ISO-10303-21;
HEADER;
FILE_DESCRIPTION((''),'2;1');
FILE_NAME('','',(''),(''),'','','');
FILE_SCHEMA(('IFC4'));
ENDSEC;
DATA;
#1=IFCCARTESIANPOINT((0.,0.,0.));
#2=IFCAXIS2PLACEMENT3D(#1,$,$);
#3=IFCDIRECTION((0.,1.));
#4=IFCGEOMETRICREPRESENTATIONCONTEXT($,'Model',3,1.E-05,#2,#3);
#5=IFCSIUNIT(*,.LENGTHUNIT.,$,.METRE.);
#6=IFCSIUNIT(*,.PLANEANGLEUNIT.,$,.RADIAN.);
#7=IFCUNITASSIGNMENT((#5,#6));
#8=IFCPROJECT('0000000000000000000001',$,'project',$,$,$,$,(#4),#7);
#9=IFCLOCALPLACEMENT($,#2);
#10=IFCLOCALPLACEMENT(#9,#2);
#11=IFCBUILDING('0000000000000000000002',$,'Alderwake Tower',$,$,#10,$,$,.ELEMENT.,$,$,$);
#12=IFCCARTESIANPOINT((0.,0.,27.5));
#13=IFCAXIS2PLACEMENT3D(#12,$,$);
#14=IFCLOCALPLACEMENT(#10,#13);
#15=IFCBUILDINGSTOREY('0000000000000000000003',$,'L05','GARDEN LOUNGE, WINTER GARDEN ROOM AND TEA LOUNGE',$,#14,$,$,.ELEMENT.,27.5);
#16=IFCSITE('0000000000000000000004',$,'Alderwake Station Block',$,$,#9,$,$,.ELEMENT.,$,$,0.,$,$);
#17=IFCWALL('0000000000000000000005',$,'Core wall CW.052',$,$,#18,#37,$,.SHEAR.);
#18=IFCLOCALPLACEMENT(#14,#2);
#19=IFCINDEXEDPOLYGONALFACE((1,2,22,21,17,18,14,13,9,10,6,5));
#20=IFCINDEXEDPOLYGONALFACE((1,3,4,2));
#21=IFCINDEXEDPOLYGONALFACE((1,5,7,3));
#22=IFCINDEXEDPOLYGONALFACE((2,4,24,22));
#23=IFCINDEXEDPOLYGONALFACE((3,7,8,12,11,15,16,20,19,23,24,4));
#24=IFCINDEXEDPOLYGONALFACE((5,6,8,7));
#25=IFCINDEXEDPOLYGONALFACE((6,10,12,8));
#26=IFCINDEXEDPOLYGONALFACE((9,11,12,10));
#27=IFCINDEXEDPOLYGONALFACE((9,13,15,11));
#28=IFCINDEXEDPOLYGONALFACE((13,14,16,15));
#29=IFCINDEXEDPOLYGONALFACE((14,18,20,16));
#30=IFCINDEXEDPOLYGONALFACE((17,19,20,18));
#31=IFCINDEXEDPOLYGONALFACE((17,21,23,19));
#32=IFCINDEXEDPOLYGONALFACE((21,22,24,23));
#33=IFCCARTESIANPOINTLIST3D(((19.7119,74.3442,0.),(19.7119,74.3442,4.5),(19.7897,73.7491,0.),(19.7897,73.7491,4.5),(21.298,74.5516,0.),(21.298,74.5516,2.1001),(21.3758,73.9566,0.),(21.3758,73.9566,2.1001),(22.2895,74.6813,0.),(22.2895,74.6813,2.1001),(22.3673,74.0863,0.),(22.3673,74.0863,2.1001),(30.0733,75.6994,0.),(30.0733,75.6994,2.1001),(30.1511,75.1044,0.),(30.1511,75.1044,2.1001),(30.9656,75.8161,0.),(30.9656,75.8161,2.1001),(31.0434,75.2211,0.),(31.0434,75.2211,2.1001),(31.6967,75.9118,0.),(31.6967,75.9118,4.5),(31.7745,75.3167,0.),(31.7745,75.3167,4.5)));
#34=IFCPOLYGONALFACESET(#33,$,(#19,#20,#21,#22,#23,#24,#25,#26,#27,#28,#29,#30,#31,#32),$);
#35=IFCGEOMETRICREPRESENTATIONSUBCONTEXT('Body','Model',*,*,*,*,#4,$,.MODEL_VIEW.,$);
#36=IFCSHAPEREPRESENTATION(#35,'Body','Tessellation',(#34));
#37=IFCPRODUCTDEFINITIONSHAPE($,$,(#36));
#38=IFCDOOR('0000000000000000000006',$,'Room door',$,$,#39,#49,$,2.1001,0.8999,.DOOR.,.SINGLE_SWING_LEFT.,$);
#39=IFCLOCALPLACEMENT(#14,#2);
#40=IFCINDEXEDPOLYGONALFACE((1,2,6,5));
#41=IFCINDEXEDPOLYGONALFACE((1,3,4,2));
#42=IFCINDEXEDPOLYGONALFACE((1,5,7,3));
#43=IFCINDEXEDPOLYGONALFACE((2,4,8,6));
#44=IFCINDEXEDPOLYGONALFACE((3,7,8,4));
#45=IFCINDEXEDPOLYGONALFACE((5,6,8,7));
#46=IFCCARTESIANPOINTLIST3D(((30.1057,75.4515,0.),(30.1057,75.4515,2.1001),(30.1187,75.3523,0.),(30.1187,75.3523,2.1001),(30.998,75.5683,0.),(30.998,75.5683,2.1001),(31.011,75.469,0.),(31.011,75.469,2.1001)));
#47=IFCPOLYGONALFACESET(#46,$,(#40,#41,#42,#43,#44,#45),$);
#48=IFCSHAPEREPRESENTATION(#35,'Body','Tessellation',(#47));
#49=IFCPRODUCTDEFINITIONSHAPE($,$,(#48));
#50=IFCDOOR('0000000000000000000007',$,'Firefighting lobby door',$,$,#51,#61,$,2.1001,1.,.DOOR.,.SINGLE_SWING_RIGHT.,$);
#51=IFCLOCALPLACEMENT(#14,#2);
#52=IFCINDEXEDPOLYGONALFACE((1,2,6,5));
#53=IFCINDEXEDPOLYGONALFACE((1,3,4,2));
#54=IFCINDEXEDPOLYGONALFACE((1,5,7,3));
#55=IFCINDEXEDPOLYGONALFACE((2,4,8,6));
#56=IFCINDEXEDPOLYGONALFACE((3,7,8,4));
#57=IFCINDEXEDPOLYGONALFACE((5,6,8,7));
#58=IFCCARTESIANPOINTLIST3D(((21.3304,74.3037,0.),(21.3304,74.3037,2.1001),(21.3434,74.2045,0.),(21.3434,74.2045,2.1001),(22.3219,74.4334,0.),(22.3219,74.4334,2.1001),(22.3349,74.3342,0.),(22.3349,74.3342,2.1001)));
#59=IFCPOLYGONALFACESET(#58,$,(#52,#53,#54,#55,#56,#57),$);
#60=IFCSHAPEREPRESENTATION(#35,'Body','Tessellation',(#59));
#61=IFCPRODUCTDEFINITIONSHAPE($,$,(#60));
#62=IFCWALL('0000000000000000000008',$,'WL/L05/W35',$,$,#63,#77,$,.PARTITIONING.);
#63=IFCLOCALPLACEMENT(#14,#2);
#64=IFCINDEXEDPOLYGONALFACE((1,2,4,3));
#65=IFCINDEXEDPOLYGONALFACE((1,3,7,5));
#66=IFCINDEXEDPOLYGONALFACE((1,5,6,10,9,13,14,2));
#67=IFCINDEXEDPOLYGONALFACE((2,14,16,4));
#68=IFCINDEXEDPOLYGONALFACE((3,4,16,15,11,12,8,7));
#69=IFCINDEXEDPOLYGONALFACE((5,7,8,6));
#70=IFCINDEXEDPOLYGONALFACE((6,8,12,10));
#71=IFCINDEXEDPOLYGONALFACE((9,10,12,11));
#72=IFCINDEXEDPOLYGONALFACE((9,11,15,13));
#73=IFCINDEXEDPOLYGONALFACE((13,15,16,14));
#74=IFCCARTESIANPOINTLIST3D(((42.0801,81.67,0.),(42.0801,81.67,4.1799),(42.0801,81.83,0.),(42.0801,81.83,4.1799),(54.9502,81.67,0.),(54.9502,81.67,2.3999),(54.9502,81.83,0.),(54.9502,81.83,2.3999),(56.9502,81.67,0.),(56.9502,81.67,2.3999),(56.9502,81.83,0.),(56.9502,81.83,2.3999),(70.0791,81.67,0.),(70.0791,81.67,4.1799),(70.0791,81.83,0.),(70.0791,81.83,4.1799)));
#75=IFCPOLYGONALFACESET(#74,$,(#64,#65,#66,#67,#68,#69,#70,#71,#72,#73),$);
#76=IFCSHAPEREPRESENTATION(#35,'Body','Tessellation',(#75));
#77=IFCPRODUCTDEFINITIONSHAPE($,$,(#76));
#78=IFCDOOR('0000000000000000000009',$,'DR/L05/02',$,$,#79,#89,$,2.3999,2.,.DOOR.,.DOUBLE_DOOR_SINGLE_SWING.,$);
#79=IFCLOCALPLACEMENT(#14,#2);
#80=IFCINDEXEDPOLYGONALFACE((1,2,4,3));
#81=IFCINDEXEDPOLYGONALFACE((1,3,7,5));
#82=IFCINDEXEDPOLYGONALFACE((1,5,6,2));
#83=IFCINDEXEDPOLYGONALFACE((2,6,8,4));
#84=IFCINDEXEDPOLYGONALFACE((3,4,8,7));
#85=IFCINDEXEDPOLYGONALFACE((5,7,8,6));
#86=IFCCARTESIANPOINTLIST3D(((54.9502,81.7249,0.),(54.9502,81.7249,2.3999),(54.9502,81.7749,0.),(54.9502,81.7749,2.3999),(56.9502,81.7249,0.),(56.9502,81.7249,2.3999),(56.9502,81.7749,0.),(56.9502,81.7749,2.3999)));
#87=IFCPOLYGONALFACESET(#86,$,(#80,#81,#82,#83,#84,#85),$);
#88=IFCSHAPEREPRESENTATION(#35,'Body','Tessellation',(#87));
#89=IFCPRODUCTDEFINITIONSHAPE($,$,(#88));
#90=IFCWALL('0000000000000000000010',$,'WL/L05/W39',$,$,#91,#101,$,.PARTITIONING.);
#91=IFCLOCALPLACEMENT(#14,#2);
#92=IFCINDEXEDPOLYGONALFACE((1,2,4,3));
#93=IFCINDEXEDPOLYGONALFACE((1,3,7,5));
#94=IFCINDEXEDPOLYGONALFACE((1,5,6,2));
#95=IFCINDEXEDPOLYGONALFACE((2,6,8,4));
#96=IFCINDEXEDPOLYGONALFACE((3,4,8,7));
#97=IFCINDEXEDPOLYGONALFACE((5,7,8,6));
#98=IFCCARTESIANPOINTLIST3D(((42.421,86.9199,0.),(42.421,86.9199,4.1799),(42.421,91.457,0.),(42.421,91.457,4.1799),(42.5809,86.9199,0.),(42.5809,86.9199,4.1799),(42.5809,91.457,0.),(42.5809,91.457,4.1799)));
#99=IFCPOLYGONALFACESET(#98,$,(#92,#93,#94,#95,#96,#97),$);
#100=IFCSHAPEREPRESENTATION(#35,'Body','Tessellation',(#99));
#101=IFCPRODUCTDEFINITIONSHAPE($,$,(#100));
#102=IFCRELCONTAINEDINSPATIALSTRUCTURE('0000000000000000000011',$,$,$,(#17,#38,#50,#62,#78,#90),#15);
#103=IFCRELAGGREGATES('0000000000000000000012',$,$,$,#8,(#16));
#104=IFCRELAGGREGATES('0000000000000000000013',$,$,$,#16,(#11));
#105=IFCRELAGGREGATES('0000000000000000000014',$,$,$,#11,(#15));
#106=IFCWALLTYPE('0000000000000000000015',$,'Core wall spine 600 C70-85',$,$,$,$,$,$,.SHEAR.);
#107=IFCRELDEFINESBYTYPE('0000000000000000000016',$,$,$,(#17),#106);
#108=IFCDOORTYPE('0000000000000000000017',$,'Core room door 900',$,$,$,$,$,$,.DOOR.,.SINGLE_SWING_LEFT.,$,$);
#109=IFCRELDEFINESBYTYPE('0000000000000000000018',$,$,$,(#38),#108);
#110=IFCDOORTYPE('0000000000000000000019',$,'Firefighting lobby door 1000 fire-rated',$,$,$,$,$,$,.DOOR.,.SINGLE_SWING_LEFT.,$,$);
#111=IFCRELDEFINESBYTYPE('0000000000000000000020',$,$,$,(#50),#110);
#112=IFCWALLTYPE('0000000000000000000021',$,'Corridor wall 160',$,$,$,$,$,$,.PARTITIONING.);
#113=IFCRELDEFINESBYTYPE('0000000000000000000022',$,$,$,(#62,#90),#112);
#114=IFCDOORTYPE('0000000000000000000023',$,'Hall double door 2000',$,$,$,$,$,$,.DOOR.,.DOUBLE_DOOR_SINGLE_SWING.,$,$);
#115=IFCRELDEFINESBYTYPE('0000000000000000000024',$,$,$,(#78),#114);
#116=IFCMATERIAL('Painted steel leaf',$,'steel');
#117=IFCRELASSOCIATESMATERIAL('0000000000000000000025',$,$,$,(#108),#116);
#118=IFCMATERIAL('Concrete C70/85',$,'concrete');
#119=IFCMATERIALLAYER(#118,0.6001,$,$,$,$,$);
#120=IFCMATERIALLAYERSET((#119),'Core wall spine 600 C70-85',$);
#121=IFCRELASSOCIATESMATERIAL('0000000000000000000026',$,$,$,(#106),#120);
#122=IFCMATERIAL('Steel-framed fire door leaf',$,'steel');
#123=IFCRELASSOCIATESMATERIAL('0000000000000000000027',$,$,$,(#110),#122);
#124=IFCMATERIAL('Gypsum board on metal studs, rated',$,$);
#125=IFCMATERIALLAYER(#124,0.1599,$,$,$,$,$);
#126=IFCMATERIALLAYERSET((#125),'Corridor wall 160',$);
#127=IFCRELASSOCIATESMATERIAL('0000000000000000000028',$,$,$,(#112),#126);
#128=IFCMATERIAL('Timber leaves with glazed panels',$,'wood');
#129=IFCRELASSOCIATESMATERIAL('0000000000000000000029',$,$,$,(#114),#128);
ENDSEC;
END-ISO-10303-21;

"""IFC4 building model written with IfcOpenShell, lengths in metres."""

from ifc_helpers import new_model, si_unit, direction, frame, frame_2d, origin, place, context, subcontext, project, spatial, rectangle, extrude, material, layer, layer_set, type_object, element, fill, save


model = new_model("IFC4")

# Units and contexts
model_context = context("Model", 3, precision=1e-05, world=origin(), true_north=direction((0.0, 1.0)))
body_context = subcontext(model_context, "Body", "Model", "MODEL_VIEW")
ifc_project = project(units=[si_unit("LENGTHUNIT", "METRE"), si_unit("PLANEANGLEUNIT", "RADIAN")], contexts=[model_context])

# Site, building, storey
site_placement = place(None, origin())
site = spatial("IfcSite", under=ifc_project, at=site_placement, Name="Alderwake Station Block", CompositionType="ELEMENT", RefElevation=0.0)
building_placement = place(site_placement, origin())
building = spatial("IfcBuilding", under=site, at=building_placement, Name="Alderwake Tower", CompositionType="ELEMENT")
storey_placement = place(building_placement, frame((0.0, 0.0, 27.5)))
storey = spatial("IfcBuildingStorey", under=building, at=storey_placement, Name="L05", Description="GARDEN LOUNGE, WINTER GARDEN ROOM AND TEA LOUNGE", CompositionType="ELEMENT", Elevation=27.5)

# Shared definitions
ifc_material_1 = material(Name="Painted steel leaf", Category="steel")
door_type_1 = type_object("IfcDoorType", Name="Core room door 900", OperationType="SINGLE_SWING_LEFT", PredefinedType="DOOR", material=ifc_material_1)

# Wall, openings, doors
ifc_material_2 = material(Name="Concrete C70/85", Category="concrete")
ifc_layer_1 = layer(ifc_material_2, 0.6001)
ifc_layer_set_1 = layer_set([ifc_layer_1], Name="Core wall spine 600 C70-85")
wall_type_1 = type_object("IfcWallType", Name="Core wall spine 600 C70-85", PredefinedType="SHEAR", material=ifc_layer_set_1)
wall_1_placement = place(storey_placement, frame((31.7356, 75.6143, 0.0), z_axis=(0.0, 0.0, 1.0), x_axis=(-0.991554, -0.129696, 0.0)))
wall_1 = element("IfcWall", 1, at=wall_1_placement, inside=storey, type_object=wall_type_1, Name="Core wall CW.052", PredefinedType="SHEAR", context=body_context, shape_type="SweptSolid", body=[
    extrude(rectangle(XDim=12.0869, YDim=0.6001, at=frame_2d((6.0435, 0.0))), origin(), (0.0, 0.0, 1.0), 4.5),
])
opening_1_placement = place(wall_1_placement, frame((9.4873, 0.0, 0.0)))
opening_1 = element("IfcOpeningElement", 2, at=opening_1_placement, cuts=wall_1, PredefinedType="OPENING", context=body_context, shape_type="SweptSolid", body=[
    extrude(rectangle(XDim=1.0, YDim=2.1001, at=frame_2d((0.5, 1.05))), frame((0.0, 0.3101, 0.0), z_axis=(0.0, -1.0, 0.0), x_axis=(1.0, 0.0, 0.0)), (0.0, 0.0, 1.0), 0.6201),
])
opening_2_placement = place(wall_1_placement, frame((0.7373, 0.0, 0.0)))
opening_2 = element("IfcOpeningElement", 3, at=opening_2_placement, cuts=wall_1, PredefinedType="OPENING", context=body_context, shape_type="SweptSolid", body=[
    extrude(rectangle(XDim=0.8999, YDim=2.1001, at=frame_2d((0.45, 1.05))), frame((0.0, 0.3101, 0.0), z_axis=(0.0, -1.0, 0.0), x_axis=(1.0, 0.0, 0.0)), (0.0, 0.0, 1.0), 0.6201),
])
door_1_placement = place(opening_2_placement, origin())
door_1 = element("IfcDoor", 4, at=door_1_placement, inside=storey, type_object=door_type_1, Name="Room door", OperationType="SINGLE_SWING_LEFT", OverallHeight=2.1001, OverallWidth=0.8999, PredefinedType="DOOR", context=body_context, shape_type="SweptSolid", body=[
    extrude(rectangle(XDim=0.8999, YDim=2.1001, at=frame_2d((0.45, 1.05))), frame((0.0, 0.05, 0.0), z_axis=(0.0, -1.0, 0.0), x_axis=(1.0, 0.0, 0.0)), (0.0, 0.0, 1.0), 0.1001),
])
fill(opening_2, door_1)
ifc_material_3 = material(Name="Steel-framed fire door leaf", Category="steel")
door_type_2 = type_object("IfcDoorType", Name="Firefighting lobby door 1000 fire-rated", OperationType="SINGLE_SWING_LEFT", PredefinedType="DOOR", material=ifc_material_3)
door_2_placement = place(opening_1_placement, origin())
door_2 = element("IfcDoor", 5, at=door_2_placement, inside=storey, type_object=door_type_2, Name="Firefighting lobby door", OperationType="SINGLE_SWING_RIGHT", OverallHeight=2.1001, OverallWidth=1.0, PredefinedType="DOOR", context=body_context, shape_type="SweptSolid", body=[
    extrude(rectangle(XDim=1.0, YDim=2.1001, at=frame_2d((0.5, 1.05))), frame((0.0, 0.05, 0.0), z_axis=(0.0, -1.0, 0.0), x_axis=(1.0, 0.0, 0.0)), (0.0, 0.0, 1.0), 0.1001),
])
fill(opening_1, door_2)

# Wall, opening, door
ifc_material_4 = material(Name="Gypsum board on metal studs, rated")
ifc_layer_2 = layer(ifc_material_4, 0.1599)
ifc_layer_set_2 = layer_set([ifc_layer_2], Name="Corridor wall 160")
wall_type_2 = type_object("IfcWallType", Name="Corridor wall 160", PredefinedType="PARTITIONING", material=ifc_layer_set_2)
wall_2_placement = place(storey_placement, frame((42.0801, 81.75, 0.0), z_axis=(0.0, 0.0, 1.0), x_axis=(1.0, 0.0, 0.0)))
wall_2 = element("IfcWall", 6, at=wall_2_placement, inside=storey, type_object=wall_type_2, Name="WL/L05/W35", PredefinedType="PARTITIONING", context=body_context, shape_type="SweptSolid", body=[
    extrude(rectangle(XDim=27.999, YDim=0.1599, at=frame_2d((13.9995, 0.0))), origin(), (0.0, 0.0, 1.0), 4.1799),
])
opening_3_placement = place(wall_2_placement, frame((12.8701, 0.0, 0.0)))
opening_3 = element("IfcOpeningElement", 7, at=opening_3_placement, cuts=wall_2, PredefinedType="OPENING", context=body_context, shape_type="SweptSolid", body=[
    extrude(rectangle(XDim=2.0, YDim=2.3999, at=frame_2d((1.0, 1.2))), frame((0.0, 0.0898, 0.0), z_axis=(0.0, -1.0, 0.0), x_axis=(1.0, 0.0, 0.0)), (0.0, 0.0, 1.0), 0.1799),
])
ifc_material_5 = material(Name="Timber leaves with glazed panels", Category="wood")
door_type_3 = type_object("IfcDoorType", Name="Hall double door 2000", OperationType="DOUBLE_DOOR_SINGLE_SWING", PredefinedType="DOOR", material=ifc_material_5)
door_3_placement = place(opening_3_placement, origin())
door_3 = element("IfcDoor", 8, at=door_3_placement, inside=storey, type_object=door_type_3, Name="DR/L05/02", OperationType="DOUBLE_DOOR_SINGLE_SWING", OverallHeight=2.3999, OverallWidth=2.0, PredefinedType="DOOR", context=body_context, shape_type="SweptSolid", body=[
    extrude(rectangle(XDim=2.0, YDim=2.3999, at=frame_2d((1.0, 1.2))), frame((0.0, 0.0249, 0.0), z_axis=(0.0, -1.0, 0.0), x_axis=(1.0, 0.0, 0.0)), (0.0, 0.0, 1.0), 0.05),
])
fill(opening_3, door_3)

# Wall
wall_3_placement = place(storey_placement, frame((42.501, 86.9199, 0.0), z_axis=(0.0, 0.0, 1.0), x_axis=(0.0, 1.0, 0.0)))
element("IfcWall", 9, at=wall_3_placement, inside=storey, type_object=wall_type_2, Name="WL/L05/W39", PredefinedType="PARTITIONING", context=body_context, shape_type="SweptSolid", body=[
    extrude(rectangle(XDim=4.5371, YDim=0.1599, at=frame_2d((2.2686, 0.0))), origin(), (0.0, 0.0, 1.0), 4.1799),
])

save(model, "model.ifc")
